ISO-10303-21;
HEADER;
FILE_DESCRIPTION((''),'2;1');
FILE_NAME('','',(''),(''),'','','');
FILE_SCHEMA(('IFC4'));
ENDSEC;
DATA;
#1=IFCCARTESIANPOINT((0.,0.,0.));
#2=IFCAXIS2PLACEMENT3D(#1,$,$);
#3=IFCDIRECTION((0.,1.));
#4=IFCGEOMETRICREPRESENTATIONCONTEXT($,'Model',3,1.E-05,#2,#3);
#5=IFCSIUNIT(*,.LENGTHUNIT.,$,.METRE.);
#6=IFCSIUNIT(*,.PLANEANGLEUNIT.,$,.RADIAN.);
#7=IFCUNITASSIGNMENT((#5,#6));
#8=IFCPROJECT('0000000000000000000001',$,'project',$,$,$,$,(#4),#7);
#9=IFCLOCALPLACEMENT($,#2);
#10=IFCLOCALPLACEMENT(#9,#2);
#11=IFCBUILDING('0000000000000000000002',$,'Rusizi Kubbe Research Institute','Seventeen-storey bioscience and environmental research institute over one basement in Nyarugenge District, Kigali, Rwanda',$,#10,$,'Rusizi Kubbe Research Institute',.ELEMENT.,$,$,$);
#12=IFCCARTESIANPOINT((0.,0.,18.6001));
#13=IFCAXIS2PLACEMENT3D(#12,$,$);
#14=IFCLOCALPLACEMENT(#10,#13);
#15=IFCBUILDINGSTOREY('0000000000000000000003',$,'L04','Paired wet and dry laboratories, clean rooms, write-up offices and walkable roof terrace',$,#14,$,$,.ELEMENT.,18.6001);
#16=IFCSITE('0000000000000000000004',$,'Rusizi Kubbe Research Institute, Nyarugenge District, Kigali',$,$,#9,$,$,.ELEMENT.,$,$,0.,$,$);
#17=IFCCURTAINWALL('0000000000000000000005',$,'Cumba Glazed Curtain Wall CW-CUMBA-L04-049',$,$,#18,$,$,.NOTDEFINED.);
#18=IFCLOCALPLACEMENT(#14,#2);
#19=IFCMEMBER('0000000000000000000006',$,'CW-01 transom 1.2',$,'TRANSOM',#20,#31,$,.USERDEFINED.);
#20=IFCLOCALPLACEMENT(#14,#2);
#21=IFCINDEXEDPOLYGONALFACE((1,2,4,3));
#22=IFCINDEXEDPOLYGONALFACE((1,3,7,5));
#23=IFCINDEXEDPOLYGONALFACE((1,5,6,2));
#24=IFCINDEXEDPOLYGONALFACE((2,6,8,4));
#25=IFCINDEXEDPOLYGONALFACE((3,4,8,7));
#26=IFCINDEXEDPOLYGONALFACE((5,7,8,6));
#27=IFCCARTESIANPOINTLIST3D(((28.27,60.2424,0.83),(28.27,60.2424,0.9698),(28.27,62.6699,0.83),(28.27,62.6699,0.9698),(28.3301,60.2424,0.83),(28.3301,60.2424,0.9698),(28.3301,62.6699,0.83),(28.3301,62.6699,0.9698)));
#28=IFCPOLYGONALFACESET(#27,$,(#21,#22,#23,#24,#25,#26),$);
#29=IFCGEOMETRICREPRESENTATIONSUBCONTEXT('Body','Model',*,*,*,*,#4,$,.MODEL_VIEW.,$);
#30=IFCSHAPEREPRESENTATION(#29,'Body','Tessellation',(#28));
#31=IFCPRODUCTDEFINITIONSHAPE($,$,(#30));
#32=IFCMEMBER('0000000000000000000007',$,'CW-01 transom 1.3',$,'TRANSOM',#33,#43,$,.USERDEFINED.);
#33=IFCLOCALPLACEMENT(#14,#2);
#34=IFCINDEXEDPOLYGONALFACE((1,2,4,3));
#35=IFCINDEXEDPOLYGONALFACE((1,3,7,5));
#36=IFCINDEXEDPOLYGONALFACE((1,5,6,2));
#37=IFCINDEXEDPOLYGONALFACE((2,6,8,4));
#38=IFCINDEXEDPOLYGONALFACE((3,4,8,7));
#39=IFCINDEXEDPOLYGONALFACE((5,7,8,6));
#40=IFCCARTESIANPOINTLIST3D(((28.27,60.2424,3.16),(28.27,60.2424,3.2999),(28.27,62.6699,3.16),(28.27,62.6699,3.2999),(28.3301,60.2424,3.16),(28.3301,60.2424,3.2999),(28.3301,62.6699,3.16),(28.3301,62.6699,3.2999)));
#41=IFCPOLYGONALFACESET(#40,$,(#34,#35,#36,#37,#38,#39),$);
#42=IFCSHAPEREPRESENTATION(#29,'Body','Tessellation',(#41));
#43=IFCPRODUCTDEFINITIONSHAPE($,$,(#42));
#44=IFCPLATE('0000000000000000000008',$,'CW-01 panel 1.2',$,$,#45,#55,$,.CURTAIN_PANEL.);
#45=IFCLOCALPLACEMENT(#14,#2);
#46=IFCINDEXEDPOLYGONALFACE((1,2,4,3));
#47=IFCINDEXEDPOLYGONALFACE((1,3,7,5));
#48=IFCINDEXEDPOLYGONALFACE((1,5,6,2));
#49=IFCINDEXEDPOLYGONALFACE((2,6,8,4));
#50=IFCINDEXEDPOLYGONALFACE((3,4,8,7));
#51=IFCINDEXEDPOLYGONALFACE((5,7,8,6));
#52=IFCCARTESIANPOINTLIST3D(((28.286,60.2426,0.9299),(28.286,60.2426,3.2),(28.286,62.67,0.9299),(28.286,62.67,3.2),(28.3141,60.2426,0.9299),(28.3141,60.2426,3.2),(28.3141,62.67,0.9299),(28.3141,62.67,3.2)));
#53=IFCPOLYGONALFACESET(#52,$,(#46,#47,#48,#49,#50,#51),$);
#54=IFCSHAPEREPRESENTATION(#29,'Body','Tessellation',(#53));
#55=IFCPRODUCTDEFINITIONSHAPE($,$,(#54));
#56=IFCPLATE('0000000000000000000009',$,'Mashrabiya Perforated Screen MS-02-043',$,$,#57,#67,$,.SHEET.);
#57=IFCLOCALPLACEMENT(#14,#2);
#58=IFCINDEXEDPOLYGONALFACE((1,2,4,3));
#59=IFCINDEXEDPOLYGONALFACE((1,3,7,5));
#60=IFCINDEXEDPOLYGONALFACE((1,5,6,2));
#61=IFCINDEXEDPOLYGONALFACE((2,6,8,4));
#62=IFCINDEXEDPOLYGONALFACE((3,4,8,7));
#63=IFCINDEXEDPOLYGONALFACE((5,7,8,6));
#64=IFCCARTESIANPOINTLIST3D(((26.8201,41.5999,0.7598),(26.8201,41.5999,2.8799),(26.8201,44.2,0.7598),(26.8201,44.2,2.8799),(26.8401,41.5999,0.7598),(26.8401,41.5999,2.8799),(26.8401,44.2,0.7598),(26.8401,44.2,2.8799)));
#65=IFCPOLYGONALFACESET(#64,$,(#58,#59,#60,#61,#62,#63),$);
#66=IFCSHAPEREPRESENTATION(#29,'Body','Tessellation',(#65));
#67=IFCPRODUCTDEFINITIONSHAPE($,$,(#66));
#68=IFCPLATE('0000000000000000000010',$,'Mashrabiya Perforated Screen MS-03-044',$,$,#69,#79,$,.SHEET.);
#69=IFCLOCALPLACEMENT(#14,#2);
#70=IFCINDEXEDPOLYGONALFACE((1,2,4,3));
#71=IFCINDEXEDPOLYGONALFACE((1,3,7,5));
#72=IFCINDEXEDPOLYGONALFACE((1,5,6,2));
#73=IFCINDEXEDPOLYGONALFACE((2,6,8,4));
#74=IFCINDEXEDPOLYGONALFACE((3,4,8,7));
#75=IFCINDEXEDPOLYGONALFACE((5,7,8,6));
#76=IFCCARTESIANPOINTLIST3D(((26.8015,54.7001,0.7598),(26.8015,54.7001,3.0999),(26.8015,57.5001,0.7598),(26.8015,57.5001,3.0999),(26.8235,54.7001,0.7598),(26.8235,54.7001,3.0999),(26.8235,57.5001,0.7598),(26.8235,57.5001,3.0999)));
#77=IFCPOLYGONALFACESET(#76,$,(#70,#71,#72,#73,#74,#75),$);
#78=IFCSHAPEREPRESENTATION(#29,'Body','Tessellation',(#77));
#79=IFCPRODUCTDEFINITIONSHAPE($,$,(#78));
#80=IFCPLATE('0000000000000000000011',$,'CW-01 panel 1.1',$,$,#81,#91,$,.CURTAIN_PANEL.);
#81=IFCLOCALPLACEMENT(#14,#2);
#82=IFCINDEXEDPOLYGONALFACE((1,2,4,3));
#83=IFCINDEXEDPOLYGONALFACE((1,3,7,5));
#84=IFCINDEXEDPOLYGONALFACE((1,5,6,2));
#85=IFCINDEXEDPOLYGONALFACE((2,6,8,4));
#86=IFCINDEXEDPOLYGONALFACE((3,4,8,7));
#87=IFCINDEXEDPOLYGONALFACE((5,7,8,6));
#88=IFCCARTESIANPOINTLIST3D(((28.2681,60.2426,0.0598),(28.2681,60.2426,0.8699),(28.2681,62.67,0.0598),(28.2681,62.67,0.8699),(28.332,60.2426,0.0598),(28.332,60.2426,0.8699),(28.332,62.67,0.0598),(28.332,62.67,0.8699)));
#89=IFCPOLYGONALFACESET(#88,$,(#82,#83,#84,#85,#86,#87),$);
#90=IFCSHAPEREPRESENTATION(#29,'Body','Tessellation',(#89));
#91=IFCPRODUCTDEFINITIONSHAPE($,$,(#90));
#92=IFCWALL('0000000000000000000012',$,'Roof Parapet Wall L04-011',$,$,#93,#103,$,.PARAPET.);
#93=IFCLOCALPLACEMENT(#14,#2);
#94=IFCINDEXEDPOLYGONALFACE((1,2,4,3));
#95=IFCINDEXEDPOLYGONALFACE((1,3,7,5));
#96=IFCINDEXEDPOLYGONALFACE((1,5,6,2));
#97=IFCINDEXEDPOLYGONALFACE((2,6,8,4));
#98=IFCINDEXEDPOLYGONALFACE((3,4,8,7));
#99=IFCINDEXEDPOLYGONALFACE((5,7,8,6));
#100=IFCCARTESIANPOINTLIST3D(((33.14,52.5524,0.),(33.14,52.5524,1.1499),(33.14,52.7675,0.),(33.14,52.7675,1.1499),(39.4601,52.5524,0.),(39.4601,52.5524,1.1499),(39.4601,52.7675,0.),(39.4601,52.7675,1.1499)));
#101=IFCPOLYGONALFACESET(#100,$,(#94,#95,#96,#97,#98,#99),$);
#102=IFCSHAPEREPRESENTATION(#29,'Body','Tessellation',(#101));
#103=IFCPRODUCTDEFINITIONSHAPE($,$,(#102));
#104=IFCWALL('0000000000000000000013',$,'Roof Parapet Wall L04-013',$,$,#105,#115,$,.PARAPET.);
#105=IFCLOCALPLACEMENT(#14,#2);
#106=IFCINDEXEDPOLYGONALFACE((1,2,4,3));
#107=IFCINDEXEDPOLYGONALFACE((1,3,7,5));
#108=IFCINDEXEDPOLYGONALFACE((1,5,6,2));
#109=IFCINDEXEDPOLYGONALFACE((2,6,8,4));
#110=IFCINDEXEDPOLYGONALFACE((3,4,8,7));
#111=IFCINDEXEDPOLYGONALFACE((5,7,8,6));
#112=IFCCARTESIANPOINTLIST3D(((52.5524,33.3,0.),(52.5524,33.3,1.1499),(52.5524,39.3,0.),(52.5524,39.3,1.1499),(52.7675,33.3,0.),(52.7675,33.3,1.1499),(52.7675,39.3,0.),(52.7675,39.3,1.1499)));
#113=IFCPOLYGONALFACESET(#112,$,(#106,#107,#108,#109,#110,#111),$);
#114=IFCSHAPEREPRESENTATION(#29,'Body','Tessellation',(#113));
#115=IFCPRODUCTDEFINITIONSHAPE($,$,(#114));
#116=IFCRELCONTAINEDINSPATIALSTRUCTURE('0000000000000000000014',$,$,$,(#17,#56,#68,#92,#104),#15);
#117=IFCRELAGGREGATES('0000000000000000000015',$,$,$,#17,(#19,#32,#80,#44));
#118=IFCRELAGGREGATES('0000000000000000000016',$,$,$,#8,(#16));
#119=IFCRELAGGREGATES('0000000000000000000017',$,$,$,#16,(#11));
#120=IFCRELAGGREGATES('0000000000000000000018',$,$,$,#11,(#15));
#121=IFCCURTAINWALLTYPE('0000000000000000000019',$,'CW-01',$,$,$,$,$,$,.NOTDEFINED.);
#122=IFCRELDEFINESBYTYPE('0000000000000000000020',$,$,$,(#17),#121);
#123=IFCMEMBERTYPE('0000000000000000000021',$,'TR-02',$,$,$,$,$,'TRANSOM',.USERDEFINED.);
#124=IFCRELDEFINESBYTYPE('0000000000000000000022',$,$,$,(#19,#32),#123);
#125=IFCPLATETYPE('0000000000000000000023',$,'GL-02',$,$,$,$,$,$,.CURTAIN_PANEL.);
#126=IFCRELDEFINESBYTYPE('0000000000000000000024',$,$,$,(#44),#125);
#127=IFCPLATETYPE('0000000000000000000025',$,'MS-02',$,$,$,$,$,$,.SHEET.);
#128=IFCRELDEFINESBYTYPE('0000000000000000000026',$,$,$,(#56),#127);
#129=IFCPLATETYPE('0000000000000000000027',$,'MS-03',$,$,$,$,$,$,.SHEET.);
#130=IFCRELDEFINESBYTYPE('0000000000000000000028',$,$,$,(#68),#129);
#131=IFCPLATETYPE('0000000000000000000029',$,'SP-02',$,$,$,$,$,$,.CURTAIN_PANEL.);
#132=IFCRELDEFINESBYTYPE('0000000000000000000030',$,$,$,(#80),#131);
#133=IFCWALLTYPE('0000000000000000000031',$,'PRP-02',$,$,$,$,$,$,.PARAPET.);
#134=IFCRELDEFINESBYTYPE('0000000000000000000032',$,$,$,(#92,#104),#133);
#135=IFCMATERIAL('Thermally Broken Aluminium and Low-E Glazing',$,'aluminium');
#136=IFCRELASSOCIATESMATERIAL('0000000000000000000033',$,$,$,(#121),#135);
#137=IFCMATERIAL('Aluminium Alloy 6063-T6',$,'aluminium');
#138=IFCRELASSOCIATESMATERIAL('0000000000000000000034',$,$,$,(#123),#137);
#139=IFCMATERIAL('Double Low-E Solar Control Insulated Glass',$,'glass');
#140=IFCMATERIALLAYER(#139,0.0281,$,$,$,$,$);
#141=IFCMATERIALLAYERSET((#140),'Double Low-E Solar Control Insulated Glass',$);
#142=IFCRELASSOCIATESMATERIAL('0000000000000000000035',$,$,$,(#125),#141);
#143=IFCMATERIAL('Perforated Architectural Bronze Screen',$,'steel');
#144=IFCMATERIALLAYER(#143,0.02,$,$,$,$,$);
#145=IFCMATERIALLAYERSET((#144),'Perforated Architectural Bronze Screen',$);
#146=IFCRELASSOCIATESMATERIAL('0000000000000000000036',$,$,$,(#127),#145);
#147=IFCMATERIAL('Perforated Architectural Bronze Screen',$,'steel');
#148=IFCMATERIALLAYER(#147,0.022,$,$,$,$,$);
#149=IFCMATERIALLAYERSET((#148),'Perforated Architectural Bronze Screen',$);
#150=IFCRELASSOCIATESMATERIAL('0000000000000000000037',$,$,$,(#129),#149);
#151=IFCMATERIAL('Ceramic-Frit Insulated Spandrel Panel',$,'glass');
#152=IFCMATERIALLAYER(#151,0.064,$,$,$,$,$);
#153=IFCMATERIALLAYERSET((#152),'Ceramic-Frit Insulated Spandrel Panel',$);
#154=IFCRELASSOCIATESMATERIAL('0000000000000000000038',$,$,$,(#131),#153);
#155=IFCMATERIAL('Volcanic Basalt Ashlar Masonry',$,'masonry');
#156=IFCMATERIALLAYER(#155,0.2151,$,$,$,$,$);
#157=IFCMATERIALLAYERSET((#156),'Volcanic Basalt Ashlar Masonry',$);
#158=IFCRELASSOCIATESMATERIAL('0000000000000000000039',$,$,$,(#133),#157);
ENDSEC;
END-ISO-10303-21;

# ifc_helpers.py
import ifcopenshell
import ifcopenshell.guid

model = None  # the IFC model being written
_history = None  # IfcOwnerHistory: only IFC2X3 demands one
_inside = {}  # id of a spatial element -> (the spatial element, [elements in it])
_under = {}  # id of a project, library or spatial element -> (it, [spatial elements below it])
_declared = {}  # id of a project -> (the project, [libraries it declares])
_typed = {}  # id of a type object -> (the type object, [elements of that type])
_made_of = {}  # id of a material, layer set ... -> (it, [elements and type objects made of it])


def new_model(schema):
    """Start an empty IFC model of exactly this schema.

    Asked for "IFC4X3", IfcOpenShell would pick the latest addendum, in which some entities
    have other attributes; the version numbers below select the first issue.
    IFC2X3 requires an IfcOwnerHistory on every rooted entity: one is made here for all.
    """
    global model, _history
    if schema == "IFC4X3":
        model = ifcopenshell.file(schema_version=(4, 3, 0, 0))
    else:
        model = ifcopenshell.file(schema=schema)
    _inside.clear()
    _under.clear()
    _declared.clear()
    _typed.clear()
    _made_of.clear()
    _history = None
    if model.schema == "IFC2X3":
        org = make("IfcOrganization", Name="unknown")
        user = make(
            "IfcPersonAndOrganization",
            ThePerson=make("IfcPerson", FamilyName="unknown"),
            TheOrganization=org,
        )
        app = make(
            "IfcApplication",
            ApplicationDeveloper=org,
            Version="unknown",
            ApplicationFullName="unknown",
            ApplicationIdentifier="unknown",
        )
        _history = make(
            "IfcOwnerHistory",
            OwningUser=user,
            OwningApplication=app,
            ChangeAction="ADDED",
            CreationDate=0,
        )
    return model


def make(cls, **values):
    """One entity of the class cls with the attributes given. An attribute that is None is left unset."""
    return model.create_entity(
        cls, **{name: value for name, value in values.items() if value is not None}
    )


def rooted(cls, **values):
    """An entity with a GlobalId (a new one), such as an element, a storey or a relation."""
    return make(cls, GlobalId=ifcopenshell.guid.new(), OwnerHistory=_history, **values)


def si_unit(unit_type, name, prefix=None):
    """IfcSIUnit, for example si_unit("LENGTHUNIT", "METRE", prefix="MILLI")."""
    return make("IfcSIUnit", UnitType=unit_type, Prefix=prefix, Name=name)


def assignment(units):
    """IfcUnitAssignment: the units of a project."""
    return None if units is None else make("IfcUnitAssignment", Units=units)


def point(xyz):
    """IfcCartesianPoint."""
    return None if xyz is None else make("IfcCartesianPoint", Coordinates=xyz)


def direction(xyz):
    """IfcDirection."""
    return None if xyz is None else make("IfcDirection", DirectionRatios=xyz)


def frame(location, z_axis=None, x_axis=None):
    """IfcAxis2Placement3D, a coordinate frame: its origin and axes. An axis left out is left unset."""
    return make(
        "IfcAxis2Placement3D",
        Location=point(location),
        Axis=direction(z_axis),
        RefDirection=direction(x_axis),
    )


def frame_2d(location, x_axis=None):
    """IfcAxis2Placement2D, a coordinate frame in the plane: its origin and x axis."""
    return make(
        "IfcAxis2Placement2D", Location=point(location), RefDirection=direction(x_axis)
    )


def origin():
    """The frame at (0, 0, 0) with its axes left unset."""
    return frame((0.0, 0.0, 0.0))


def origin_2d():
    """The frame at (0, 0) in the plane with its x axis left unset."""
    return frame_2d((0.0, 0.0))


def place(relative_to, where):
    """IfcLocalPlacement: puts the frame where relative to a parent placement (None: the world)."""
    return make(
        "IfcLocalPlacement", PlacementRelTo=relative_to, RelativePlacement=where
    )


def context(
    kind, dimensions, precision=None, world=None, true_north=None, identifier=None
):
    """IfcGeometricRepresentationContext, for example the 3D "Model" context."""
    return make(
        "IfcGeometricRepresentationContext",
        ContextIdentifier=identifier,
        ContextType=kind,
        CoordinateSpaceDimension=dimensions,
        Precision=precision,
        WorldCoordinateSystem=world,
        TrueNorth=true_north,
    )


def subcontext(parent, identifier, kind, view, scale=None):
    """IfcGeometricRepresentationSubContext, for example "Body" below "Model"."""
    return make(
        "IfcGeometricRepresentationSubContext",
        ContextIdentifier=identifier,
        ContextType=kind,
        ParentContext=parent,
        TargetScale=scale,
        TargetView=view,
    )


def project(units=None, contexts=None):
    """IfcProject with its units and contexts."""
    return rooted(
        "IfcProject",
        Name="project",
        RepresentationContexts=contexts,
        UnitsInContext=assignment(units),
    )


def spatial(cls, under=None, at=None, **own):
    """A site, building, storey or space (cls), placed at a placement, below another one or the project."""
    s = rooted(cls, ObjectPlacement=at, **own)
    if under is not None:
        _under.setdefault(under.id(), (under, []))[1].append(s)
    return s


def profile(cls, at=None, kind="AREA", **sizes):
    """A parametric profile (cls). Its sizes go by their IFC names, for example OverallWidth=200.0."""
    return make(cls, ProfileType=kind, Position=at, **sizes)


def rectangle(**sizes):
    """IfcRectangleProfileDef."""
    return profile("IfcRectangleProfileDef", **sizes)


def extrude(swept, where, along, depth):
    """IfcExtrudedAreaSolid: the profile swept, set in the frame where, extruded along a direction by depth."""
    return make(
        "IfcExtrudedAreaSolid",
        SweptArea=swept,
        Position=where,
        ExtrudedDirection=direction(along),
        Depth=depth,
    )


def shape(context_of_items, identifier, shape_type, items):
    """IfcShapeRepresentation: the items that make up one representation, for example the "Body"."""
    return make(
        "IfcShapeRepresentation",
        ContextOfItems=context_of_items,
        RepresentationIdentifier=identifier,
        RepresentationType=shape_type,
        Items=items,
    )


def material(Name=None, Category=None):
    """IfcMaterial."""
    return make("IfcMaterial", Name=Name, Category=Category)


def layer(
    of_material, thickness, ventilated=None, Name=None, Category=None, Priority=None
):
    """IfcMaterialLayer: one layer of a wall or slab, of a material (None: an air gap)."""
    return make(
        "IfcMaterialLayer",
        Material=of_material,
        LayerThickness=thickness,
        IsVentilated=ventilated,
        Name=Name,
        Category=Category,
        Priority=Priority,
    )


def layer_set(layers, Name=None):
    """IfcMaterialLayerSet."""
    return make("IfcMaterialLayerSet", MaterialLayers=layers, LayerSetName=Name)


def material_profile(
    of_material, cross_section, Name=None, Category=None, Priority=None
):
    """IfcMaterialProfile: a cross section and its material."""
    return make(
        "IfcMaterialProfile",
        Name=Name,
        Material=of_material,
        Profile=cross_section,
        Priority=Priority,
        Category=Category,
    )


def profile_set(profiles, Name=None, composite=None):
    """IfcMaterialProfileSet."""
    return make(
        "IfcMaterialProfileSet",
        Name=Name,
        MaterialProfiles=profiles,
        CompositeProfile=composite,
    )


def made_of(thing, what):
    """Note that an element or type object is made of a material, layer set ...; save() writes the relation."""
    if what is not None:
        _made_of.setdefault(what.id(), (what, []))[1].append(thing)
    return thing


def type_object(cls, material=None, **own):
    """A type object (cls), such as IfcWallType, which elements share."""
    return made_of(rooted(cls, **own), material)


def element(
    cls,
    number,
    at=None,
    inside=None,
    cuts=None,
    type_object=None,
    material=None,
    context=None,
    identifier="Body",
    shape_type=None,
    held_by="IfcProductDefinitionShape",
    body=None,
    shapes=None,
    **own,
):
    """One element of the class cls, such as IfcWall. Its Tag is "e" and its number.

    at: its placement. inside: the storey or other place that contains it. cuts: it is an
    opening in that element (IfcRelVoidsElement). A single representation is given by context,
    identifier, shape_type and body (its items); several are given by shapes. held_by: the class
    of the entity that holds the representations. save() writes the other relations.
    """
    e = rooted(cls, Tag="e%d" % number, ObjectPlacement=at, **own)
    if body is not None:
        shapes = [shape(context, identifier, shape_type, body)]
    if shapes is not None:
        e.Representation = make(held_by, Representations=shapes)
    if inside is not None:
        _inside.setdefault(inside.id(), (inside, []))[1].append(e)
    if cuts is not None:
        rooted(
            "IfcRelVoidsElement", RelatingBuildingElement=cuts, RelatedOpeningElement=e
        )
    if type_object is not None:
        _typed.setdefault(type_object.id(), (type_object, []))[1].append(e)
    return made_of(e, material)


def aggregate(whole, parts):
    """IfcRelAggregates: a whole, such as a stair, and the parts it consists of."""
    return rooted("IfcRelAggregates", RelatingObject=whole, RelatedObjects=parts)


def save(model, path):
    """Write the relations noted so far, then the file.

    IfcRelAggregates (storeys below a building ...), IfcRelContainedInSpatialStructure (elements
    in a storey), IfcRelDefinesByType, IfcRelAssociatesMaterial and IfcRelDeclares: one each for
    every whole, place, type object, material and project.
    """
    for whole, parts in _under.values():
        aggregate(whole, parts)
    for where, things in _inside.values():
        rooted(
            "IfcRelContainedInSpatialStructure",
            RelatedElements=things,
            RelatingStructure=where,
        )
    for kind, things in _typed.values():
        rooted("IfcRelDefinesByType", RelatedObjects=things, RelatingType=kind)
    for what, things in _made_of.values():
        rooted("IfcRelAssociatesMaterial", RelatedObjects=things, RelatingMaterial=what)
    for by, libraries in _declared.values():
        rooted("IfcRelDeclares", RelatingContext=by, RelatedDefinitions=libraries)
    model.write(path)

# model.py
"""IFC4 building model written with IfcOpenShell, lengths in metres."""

from ifc_helpers import new_model, si_unit, direction, frame, frame_2d, origin, origin_2d, place, context, subcontext, project, spatial, rectangle, extrude, material, layer, layer_set, material_profile, profile_set, type_object, element, aggregate, save


model = new_model("IFC4")

# Units and contexts
model_context = context("Model", 3, precision=1e-05, world=origin(), true_north=direction((0.0, 1.0)))
body_context = subcontext(model_context, "Body", "Model", "MODEL_VIEW")
ifc_project = project(units=[si_unit("LENGTHUNIT", "METRE"), si_unit("PLANEANGLEUNIT", "RADIAN")], contexts=[model_context])

# Site, building, storey
site_placement = place(None, origin())
site = spatial("IfcSite", under=ifc_project, at=site_placement, Name="Rusizi Kubbe Research Institute, Nyarugenge District, Kigali", CompositionType="ELEMENT", RefElevation=0.0)
building_placement = place(site_placement, origin())
building = spatial("IfcBuilding", under=site, at=building_placement, Name="Rusizi Kubbe Research Institute", Description="Seventeen-storey bioscience and environmental research institute over one basement in Nyarugenge District, Kigali, Rwanda", LongName="Rusizi Kubbe Research Institute", CompositionType="ELEMENT")
storey_placement = place(building_placement, frame((0.0, 0.0, 18.6001)))
storey = spatial("IfcBuildingStorey", under=building, at=storey_placement, Name="L04", Description="Paired wet and dry laboratories, clean rooms, write-up offices and walkable roof terrace", CompositionType="ELEMENT", Elevation=18.6001)

# Curtain wall, members, plate
ifc_material_1 = material(Name="Thermally Broken Aluminium and Low-E Glazing", Category="aluminium")
curtain_wall_type = type_object("IfcCurtainWallType", Name="CW-01", PredefinedType="NOTDEFINED", material=ifc_material_1)
curtain_wall_placement = place(storey_placement, origin())
curtain_wall = element("IfcCurtainWall", 1, at=curtain_wall_placement, inside=storey, type_object=curtain_wall_type, Name="Cumba Glazed Curtain Wall CW-CUMBA-L04-049", PredefinedType="NOTDEFINED")
ifc_material_2 = material(Name="Aluminium Alloy 6063-T6", Category="aluminium")
ifc_material_profile_1 = material_profile(ifc_material_2, rectangle(XDim=0.0601, YDim=0.1399, at=origin_2d()), Name="ALU-T 60x140")
ifc_profile_set_1 = profile_set([ifc_material_profile_1], Name="Aluminium Alloy 6063-T6")
member_type_1 = type_object("IfcMemberType", Name="TR-02", ElementType="TRANSOM", PredefinedType="USERDEFINED", material=ifc_profile_set_1)
member_1_placement = place(storey_placement, frame((28.3, 60.2424, 0.8999), z_axis=(0.0, 1.0, 0.0), x_axis=(-1.0, 0.0, 0.0)))
member_1 = element("IfcMember", 2, at=member_1_placement, type_object=member_type_1, Name="CW-01 transom 1.2", ObjectType="TRANSOM", PredefinedType="USERDEFINED", context=body_context, shape_type="SweptSolid", body=[
    extrude(rectangle(XDim=0.0601, YDim=0.1399, at=origin_2d()), origin(), (0.0, 0.0, 1.0), 2.4275),
])
member_2_placement = place(storey_placement, frame((28.3, 60.2424, 3.23), z_axis=(0.0, 1.0, 0.0), x_axis=(-1.0, 0.0, 0.0)))
member_2 = element("IfcMember", 3, at=member_2_placement, type_object=member_type_1, Name="CW-01 transom 1.3", ObjectType="TRANSOM", PredefinedType="USERDEFINED", context=body_context, shape_type="SweptSolid", body=[
    extrude(rectangle(XDim=0.0601, YDim=0.1399, at=origin_2d()), origin(), (0.0, 0.0, 1.0), 2.4275),
])
ifc_material_3 = material(Name="Double Low-E Solar Control Insulated Glass", Category="glass")
ifc_layer_1 = layer(ifc_material_3, 0.0281)
ifc_layer_set_1 = layer_set([ifc_layer_1], Name="Double Low-E Solar Control Insulated Glass")
plate_type_1 = type_object("IfcPlateType", Name="GL-02", PredefinedType="CURTAIN_PANEL", material=ifc_layer_set_1)
plate_1_placement = place(storey_placement, frame((28.3, 61.4563, 0.9299), z_axis=(0.0, 0.0, 1.0), x_axis=(0.0, 1.0, 0.0)))
plate_1 = element("IfcPlate", 4, at=plate_1_placement, type_object=plate_type_1, Name="CW-01 panel 1.2", PredefinedType="CURTAIN_PANEL", context=body_context, shape_type="SweptSolid", body=[
    extrude(rectangle(XDim=2.4275, YDim=0.0281, at=origin_2d()), origin(), (0.0, 0.0, 1.0), 2.27),
])

# Plates
ifc_material_4 = material(Name="Perforated Architectural Bronze Screen", Category="steel")
ifc_layer_2 = layer(ifc_material_4, 0.02)
ifc_layer_set_2 = layer_set([ifc_layer_2], Name="Perforated Architectural Bronze Screen")
plate_type_2 = type_object("IfcPlateType", Name="MS-02", PredefinedType="SHEET", material=ifc_layer_set_2)
plate_2_placement = place(storey_placement, frame((26.8301, 42.8999, 0.7598), z_axis=(0.0, 0.0, 1.0), x_axis=(0.0, 1.0, 0.0)))
element("IfcPlate", 5, at=plate_2_placement, inside=storey, type_object=plate_type_2, Name="Mashrabiya Perforated Screen MS-02-043", PredefinedType="SHEET", context=body_context, shape_type="SweptSolid", body=[
    extrude(rectangle(XDim=2.6001, YDim=0.02, at=origin_2d()), origin(), (0.0, 0.0, 1.0), 2.1201),
])
ifc_material_5 = material(Name="Perforated Architectural Bronze Screen", Category="steel")
ifc_layer_3 = layer(ifc_material_5, 0.022)
ifc_layer_set_3 = layer_set([ifc_layer_3], Name="Perforated Architectural Bronze Screen")
plate_type_3 = type_object("IfcPlateType", Name="MS-03", PredefinedType="SHEET", material=ifc_layer_set_3)
plate_3_placement = place(storey_placement, frame((26.8125, 56.1001, 0.7598), z_axis=(0.0, 0.0, 1.0), x_axis=(0.0, 1.0, 0.0)))
element("IfcPlate", 6, at=plate_3_placement, inside=storey, type_object=plate_type_3, Name="Mashrabiya Perforated Screen MS-03-044", PredefinedType="SHEET", context=body_context, shape_type="SweptSolid", body=[
    extrude(rectangle(XDim=2.8, YDim=0.022, at=origin_2d()), origin(), (0.0, 0.0, 1.0), 2.3401),
])

# Plate
ifc_material_6 = material(Name="Ceramic-Frit Insulated Spandrel Panel", Category="glass")
ifc_layer_4 = layer(ifc_material_6, 0.064)
ifc_layer_set_4 = layer_set([ifc_layer_4], Name="Ceramic-Frit Insulated Spandrel Panel")
plate_type_4 = type_object("IfcPlateType", Name="SP-02", PredefinedType="CURTAIN_PANEL", material=ifc_layer_set_4)
plate_4_placement = place(storey_placement, frame((28.3, 61.4563, 0.0598), z_axis=(0.0, 0.0, 1.0), x_axis=(0.0, 1.0, 0.0)))
plate_4 = element("IfcPlate", 7, at=plate_4_placement, type_object=plate_type_4, Name="CW-01 panel 1.1", PredefinedType="CURTAIN_PANEL", context=body_context, shape_type="SweptSolid", body=[
    extrude(rectangle(XDim=2.4275, YDim=0.064, at=origin_2d()), origin(), (0.0, 0.0, 1.0), 0.8101),
])
aggregate(curtain_wall, [member_1, member_2, plate_4, plate_1])

# Walls
ifc_material_7 = material(Name="Volcanic Basalt Ashlar Masonry", Category="masonry")
ifc_layer_5 = layer(ifc_material_7, 0.2151)
ifc_layer_set_5 = layer_set([ifc_layer_5], Name="Volcanic Basalt Ashlar Masonry")
wall_type = type_object("IfcWallType", Name="PRP-02", PredefinedType="PARAPET", material=ifc_layer_set_5)
wall_1_placement = place(storey_placement, frame((33.1399, 52.6599, 0.0), z_axis=(0.0, 0.0, 1.0), x_axis=(1.0, 0.0, 0.0)))
element("IfcWall", 8, at=wall_1_placement, inside=storey, type_object=wall_type, Name="Roof Parapet Wall L04-011", PredefinedType="PARAPET", context=body_context, shape_type="SweptSolid", body=[
    extrude(rectangle(XDim=6.3201, YDim=0.2151, at=frame_2d((3.1602, 0.0))), origin(), (0.0, 0.0, 1.0), 1.1499),
])
wall_2_placement = place(storey_placement, frame((52.6599, 33.3, 0.0), z_axis=(0.0, 0.0, 1.0), x_axis=(0.0, 1.0, 0.0)))
element("IfcWall", 9, at=wall_2_placement, inside=storey, type_object=wall_type, Name="Roof Parapet Wall L04-013", PredefinedType="PARAPET", context=body_context, shape_type="SweptSolid", body=[
    extrude(rectangle(XDim=6.0, YDim=0.2151, at=frame_2d((3.0, 0.0))), origin(), (0.0, 0.0, 1.0), 1.1499),
])

save(model, "model.ifc")
